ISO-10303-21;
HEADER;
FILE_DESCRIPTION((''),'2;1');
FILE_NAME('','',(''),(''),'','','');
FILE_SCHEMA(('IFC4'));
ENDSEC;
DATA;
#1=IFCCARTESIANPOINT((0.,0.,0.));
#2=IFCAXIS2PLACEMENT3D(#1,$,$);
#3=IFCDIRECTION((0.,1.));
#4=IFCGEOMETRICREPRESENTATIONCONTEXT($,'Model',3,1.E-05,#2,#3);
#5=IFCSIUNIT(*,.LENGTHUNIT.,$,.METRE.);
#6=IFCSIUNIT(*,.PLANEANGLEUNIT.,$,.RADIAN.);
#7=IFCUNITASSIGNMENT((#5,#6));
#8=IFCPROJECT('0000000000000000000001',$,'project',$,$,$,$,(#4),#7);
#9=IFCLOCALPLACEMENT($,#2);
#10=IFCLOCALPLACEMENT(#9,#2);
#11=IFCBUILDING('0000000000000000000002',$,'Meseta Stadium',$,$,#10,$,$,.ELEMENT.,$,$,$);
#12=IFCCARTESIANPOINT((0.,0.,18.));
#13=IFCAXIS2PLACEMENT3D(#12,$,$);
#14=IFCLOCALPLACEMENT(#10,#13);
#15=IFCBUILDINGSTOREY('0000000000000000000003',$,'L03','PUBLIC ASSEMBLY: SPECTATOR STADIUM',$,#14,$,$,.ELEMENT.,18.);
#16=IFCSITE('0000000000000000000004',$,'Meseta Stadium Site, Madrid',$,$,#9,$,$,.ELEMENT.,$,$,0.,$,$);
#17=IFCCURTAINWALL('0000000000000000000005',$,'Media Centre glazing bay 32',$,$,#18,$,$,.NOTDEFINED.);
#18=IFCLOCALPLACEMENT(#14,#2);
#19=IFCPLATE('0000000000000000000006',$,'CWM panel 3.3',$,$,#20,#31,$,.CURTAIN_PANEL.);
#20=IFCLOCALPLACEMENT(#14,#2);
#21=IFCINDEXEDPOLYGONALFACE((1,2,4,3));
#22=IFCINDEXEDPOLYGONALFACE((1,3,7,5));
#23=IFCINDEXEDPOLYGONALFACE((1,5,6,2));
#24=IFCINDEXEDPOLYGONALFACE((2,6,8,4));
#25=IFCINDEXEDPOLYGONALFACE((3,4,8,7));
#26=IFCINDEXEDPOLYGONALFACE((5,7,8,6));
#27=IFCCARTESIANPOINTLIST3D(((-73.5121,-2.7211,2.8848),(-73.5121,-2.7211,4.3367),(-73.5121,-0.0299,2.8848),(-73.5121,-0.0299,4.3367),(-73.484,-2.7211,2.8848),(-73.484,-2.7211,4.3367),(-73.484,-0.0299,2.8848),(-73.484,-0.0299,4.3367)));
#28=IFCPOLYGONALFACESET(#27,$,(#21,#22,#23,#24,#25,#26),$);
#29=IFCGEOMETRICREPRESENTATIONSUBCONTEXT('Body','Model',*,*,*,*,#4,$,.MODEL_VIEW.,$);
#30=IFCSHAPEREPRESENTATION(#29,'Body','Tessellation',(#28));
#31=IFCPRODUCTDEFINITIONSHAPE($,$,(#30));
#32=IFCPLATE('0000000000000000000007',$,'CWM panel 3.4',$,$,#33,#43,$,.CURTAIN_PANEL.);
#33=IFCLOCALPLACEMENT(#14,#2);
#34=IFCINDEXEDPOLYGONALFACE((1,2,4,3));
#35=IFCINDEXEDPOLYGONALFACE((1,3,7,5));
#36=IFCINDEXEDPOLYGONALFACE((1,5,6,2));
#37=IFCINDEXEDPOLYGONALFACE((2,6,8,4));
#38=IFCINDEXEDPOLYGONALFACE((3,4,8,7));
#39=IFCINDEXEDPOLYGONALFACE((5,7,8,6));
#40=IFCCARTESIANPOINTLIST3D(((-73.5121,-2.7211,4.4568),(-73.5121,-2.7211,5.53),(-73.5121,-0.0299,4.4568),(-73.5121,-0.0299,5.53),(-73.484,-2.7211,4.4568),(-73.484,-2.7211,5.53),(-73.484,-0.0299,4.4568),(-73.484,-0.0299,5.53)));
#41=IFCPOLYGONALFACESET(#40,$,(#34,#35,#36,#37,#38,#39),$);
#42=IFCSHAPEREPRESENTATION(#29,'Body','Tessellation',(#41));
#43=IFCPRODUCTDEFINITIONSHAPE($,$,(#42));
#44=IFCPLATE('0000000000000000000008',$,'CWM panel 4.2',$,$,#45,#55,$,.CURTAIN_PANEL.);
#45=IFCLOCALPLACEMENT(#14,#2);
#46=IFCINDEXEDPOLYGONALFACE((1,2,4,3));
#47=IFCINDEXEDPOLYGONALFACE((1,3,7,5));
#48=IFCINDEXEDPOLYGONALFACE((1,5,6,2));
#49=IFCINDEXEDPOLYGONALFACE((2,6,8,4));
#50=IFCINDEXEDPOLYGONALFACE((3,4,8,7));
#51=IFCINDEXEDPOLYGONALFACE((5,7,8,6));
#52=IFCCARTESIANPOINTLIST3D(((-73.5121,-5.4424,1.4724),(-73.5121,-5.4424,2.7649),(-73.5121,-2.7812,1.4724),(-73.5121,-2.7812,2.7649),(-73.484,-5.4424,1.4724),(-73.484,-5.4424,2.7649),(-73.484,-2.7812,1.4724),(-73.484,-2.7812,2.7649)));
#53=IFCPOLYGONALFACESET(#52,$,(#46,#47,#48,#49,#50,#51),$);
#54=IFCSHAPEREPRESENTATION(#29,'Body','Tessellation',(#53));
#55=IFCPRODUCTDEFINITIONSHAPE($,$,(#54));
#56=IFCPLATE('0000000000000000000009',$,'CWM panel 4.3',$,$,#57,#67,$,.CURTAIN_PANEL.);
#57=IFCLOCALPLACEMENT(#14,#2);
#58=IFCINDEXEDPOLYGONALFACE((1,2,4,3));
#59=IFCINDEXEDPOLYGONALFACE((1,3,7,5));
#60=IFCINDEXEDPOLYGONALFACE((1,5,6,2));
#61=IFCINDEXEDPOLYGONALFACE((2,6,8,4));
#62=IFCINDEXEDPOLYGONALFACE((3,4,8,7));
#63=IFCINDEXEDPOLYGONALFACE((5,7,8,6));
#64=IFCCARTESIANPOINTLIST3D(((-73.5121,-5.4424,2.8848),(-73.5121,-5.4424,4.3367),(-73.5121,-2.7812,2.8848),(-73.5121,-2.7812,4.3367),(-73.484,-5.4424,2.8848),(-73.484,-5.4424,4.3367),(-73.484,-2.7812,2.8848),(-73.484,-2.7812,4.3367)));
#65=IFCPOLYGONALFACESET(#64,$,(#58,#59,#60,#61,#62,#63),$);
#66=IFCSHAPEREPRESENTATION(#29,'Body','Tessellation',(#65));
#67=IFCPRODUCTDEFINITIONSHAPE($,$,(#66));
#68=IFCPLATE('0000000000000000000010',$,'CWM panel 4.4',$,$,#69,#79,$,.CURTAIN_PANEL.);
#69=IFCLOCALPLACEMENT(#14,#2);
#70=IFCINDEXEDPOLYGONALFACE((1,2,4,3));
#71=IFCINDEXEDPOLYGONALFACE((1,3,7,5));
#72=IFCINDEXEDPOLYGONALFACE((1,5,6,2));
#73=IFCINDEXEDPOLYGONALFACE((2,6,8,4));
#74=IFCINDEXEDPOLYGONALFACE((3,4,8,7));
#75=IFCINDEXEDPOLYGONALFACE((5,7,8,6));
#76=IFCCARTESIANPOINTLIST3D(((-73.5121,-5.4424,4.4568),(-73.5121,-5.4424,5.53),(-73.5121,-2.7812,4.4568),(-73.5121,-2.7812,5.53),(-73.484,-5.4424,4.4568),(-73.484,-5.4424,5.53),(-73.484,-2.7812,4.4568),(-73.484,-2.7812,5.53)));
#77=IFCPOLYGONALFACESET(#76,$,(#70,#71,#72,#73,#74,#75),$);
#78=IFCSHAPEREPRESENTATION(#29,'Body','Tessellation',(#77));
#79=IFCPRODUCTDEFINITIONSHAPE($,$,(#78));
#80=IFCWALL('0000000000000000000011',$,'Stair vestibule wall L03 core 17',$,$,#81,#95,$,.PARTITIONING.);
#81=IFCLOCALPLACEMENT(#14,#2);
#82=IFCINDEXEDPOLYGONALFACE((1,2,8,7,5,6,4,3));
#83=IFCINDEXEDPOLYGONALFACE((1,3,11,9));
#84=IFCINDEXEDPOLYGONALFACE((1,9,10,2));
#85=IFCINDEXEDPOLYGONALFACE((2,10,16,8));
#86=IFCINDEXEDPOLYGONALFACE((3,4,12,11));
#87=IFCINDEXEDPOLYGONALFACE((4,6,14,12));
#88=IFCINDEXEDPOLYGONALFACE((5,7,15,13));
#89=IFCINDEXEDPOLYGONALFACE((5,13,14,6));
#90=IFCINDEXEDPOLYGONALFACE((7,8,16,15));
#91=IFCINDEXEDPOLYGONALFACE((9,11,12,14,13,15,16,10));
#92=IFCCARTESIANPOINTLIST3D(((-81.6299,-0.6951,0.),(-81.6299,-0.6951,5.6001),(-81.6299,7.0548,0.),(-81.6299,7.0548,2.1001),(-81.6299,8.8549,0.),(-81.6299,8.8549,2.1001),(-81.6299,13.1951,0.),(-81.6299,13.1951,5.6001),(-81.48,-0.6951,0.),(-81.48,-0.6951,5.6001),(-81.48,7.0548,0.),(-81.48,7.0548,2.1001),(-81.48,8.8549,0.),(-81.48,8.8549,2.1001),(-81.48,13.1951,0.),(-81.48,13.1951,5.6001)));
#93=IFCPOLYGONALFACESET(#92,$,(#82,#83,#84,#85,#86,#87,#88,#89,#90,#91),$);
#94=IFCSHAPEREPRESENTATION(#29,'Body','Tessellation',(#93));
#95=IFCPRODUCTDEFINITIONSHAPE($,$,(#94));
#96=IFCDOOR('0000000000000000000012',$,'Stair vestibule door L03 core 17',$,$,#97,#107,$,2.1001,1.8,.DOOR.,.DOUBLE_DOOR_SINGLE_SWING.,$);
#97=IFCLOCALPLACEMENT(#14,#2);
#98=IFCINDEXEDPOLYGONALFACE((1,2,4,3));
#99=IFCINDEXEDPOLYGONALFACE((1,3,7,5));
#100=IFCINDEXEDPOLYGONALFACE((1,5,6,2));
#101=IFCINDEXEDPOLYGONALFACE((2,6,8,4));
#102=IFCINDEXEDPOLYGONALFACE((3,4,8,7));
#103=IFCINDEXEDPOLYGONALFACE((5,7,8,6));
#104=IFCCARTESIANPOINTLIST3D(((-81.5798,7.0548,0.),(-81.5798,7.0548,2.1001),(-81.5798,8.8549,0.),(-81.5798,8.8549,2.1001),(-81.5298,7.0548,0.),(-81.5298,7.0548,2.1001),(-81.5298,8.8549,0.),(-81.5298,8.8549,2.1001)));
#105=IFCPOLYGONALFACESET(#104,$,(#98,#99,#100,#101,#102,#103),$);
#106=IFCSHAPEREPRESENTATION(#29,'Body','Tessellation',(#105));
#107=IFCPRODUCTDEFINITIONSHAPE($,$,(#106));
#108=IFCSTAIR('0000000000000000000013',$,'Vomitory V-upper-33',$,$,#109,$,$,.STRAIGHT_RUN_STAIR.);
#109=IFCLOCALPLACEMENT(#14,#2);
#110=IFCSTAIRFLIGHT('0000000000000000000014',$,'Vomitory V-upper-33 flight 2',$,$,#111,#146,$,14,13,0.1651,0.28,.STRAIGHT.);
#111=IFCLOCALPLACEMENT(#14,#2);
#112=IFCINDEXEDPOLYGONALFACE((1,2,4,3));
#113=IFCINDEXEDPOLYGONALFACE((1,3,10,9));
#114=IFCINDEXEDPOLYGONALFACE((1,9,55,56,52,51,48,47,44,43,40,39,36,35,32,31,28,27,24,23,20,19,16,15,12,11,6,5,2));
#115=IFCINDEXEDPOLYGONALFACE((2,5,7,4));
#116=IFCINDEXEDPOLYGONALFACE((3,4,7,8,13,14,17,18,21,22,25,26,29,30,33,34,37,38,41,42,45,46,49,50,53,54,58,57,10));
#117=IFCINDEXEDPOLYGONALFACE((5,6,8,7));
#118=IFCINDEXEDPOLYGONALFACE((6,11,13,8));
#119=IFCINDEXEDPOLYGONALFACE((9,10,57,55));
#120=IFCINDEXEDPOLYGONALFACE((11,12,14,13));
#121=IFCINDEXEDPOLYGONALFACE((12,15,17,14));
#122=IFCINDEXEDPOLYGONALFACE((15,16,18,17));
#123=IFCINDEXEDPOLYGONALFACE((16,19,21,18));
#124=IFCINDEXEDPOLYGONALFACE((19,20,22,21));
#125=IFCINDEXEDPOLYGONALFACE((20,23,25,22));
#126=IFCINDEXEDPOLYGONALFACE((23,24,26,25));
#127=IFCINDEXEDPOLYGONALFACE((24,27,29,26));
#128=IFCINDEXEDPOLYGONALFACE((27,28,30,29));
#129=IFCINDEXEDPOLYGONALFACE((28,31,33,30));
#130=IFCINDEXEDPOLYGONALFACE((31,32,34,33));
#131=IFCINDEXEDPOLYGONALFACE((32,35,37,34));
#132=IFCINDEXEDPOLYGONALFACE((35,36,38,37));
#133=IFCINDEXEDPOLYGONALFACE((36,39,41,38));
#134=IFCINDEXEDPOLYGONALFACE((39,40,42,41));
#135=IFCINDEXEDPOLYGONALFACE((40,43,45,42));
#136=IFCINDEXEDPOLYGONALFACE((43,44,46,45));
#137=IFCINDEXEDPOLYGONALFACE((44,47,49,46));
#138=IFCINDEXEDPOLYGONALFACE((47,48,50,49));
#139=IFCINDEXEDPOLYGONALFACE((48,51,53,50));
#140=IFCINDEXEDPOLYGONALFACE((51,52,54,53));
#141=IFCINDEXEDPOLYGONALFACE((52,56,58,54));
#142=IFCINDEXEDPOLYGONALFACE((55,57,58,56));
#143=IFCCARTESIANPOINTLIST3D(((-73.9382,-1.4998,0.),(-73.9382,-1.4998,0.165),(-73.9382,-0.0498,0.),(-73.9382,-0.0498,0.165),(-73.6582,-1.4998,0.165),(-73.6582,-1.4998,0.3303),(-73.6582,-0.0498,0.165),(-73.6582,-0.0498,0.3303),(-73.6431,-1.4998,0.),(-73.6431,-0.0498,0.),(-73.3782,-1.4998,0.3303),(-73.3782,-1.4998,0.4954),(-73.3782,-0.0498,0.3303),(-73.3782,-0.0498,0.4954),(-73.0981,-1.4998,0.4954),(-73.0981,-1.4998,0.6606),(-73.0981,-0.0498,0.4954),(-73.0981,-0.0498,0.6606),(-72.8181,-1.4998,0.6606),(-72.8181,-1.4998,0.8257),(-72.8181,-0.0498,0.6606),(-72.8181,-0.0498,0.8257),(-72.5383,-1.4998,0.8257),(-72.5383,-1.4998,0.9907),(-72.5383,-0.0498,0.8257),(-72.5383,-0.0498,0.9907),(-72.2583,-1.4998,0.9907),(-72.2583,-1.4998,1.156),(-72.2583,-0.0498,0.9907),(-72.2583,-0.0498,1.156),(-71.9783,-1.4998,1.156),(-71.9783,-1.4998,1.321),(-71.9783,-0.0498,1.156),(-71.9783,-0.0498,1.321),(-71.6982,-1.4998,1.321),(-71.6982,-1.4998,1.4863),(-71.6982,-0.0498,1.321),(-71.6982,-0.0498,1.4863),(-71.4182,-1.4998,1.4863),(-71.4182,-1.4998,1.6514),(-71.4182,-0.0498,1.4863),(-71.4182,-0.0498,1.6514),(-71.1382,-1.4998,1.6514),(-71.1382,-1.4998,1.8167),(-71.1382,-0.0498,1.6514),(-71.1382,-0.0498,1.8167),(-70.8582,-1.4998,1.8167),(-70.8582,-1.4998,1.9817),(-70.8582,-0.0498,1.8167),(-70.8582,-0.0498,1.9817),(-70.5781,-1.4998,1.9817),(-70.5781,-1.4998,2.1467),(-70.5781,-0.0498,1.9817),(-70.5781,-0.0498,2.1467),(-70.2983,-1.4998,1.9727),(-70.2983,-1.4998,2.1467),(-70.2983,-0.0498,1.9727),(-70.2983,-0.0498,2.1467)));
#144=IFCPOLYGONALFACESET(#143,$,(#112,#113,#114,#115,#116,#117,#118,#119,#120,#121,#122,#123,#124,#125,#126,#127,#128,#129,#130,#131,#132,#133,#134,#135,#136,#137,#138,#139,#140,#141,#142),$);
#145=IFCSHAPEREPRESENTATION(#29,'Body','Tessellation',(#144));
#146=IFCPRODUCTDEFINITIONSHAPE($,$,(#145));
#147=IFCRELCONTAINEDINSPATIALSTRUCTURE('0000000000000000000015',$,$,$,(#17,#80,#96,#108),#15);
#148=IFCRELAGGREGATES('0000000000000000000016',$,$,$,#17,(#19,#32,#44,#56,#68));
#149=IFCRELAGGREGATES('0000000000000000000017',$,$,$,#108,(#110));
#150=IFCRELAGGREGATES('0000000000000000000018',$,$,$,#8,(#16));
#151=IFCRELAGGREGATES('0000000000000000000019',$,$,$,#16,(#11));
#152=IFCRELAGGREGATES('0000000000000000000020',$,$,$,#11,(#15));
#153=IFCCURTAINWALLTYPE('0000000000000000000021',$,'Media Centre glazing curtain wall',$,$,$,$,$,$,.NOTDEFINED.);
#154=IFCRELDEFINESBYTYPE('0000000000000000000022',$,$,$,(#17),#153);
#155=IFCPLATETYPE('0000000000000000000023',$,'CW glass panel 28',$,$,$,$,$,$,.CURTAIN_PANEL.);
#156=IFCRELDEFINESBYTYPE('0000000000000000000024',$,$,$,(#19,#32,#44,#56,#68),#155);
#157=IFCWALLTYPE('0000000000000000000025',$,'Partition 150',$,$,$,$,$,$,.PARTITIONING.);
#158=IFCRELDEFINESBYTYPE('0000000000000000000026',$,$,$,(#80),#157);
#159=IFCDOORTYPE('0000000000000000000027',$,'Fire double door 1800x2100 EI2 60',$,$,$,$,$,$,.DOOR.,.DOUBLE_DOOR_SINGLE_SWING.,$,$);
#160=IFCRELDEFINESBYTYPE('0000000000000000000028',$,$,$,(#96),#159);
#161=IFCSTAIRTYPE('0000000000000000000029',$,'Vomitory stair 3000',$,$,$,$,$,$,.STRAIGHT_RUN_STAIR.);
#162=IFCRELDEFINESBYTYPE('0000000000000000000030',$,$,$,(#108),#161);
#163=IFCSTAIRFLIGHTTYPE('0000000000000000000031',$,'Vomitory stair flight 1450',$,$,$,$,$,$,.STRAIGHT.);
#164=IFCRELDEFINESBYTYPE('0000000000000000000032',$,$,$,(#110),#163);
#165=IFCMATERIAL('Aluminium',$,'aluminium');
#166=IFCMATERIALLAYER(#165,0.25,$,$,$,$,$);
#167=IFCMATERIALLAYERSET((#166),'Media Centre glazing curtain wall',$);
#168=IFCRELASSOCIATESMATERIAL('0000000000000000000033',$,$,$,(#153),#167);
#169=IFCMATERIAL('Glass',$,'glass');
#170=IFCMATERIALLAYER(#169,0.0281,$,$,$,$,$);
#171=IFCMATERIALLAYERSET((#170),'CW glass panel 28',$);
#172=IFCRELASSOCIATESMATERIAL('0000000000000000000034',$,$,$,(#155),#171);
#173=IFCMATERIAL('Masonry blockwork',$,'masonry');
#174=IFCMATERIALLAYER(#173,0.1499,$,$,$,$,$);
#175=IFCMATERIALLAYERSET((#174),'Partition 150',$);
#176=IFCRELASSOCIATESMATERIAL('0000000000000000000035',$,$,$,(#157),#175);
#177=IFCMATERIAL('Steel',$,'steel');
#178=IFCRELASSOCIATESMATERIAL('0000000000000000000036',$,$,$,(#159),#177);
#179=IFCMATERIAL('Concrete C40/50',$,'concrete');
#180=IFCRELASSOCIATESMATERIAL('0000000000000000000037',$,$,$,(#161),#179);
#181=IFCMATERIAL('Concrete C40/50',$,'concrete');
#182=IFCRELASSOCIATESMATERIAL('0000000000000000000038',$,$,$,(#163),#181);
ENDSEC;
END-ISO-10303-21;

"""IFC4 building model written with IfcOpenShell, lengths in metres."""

from ifc_helpers import new_model, si_unit, direction, frame, frame_2d, origin, origin_2d, place, context, subcontext, project, spatial, polyline, rectangle, outline, extrude, material, layer, layer_set, type_object, element, fill, aggregate, save


model = new_model("IFC4")

# Units and contexts
model_context = context("Model", 3, precision=1e-05, world=origin(), true_north=direction((0.0, 1.0)))
body_context = subcontext(model_context, "Body", "Model", "MODEL_VIEW")
ifc_project = project(units=[si_unit("LENGTHUNIT", "METRE"), si_unit("PLANEANGLEUNIT", "RADIAN")], contexts=[model_context])

# Site, building, storey
site_placement = place(None, origin())
site = spatial("IfcSite", under=ifc_project, at=site_placement, Name="Meseta Stadium Site, Madrid", CompositionType="ELEMENT", RefElevation=0.0)
building_placement = place(site_placement, origin())
building = spatial("IfcBuilding", under=site, at=building_placement, Name="Meseta Stadium", CompositionType="ELEMENT")
storey_placement = place(building_placement, frame((0.0, 0.0, 18.0)))
storey = spatial("IfcBuildingStorey", under=building, at=storey_placement, Name="L03", Description="PUBLIC ASSEMBLY: SPECTATOR STADIUM", CompositionType="ELEMENT", Elevation=18.0)

# Curtain wall, plates
ifc_material_1 = material(Name="Aluminium", Category="aluminium")
ifc_layer_1 = layer(ifc_material_1, 0.25)
ifc_layer_set_1 = layer_set([ifc_layer_1], Name="Media Centre glazing curtain wall")
curtain_wall_type = type_object("IfcCurtainWallType", Name="Media Centre glazing curtain wall", PredefinedType="NOTDEFINED", material=ifc_layer_set_1)
curtain_wall_placement = place(storey_placement, origin())
curtain_wall = element("IfcCurtainWall", 1, at=curtain_wall_placement, inside=storey, type_object=curtain_wall_type, Name="Media Centre glazing bay 32", PredefinedType="NOTDEFINED")
ifc_material_2 = material(Name="Glass", Category="glass")
ifc_layer_2 = layer(ifc_material_2, 0.0281)
ifc_layer_set_2 = layer_set([ifc_layer_2], Name="CW glass panel 28")
plate_type = type_object("IfcPlateType", Name="CW glass panel 28", PredefinedType="CURTAIN_PANEL", material=ifc_layer_set_2)
plate_1_placement = place(storey_placement, frame((-73.498, -1.3755, 2.8848), z_axis=(0.0, 0.0, 1.0), x_axis=(0.0, -1.0, 0.0)))
plate_1 = element("IfcPlate", 2, at=plate_1_placement, type_object=plate_type, Name="CWM panel 3.3", PredefinedType="CURTAIN_PANEL", context=body_context, shape_type="SweptSolid", body=[
    extrude(rectangle(XDim=2.6912, YDim=0.0281, at=origin_2d()), origin(), (0.0, 0.0, 1.0), 1.4519),
])
plate_2_placement = place(storey_placement, frame((-73.498, -1.3755, 4.4568), z_axis=(0.0, 0.0, 1.0), x_axis=(0.0, -1.0, 0.0)))
plate_2 = element("IfcPlate", 3, at=plate_2_placement, type_object=plate_type, Name="CWM panel 3.4", PredefinedType="CURTAIN_PANEL", context=body_context, shape_type="SweptSolid", body=[
    extrude(rectangle(XDim=2.6912, YDim=0.0281, at=origin_2d()), origin(), (0.0, 0.0, 1.0), 1.0732),
])
plate_3_placement = place(storey_placement, frame((-73.498, -4.1118, 1.4724), z_axis=(0.0, 0.0, 1.0), x_axis=(0.0, -1.0, 0.0)))
plate_3 = element("IfcPlate", 4, at=plate_3_placement, type_object=plate_type, Name="CWM panel 4.2", PredefinedType="CURTAIN_PANEL", context=body_context, shape_type="SweptSolid", body=[
    extrude(rectangle(XDim=2.6611, YDim=0.0281, at=origin_2d()), origin(), (0.0, 0.0, 1.0), 1.2925),
])
plate_4_placement = place(storey_placement, frame((-73.498, -4.1118, 2.8848), z_axis=(0.0, 0.0, 1.0), x_axis=(0.0, -1.0, 0.0)))
plate_4 = element("IfcPlate", 5, at=plate_4_placement, type_object=plate_type, Name="CWM panel 4.3", PredefinedType="CURTAIN_PANEL", context=body_context, shape_type="SweptSolid", body=[
    extrude(rectangle(XDim=2.6611, YDim=0.0281, at=origin_2d()), origin(), (0.0, 0.0, 1.0), 1.4519),
])
plate_5_placement = place(storey_placement, frame((-73.498, -4.1118, 4.4568), z_axis=(0.0, 0.0, 1.0), x_axis=(0.0, -1.0, 0.0)))
plate_5 = element("IfcPlate", 6, at=plate_5_placement, type_object=plate_type, Name="CWM panel 4.4", PredefinedType="CURTAIN_PANEL", context=body_context, shape_type="SweptSolid", body=[
    extrude(rectangle(XDim=2.6611, YDim=0.0281, at=origin_2d()), origin(), (0.0, 0.0, 1.0), 1.0732),
])
aggregate(curtain_wall, [plate_1, plate_2, plate_3, plate_4, plate_5])

# Wall, opening, door
ifc_material_3 = material(Name="Masonry blockwork", Category="masonry")
ifc_layer_3 = layer(ifc_material_3, 0.1499)
ifc_layer_set_3 = layer_set([ifc_layer_3], Name="Partition 150")
wall_type = type_object("IfcWallType", Name="Partition 150", PredefinedType="PARTITIONING", material=ifc_layer_set_3)
wall_placement = place(storey_placement, frame((-81.5549, -0.6951, 0.0), z_axis=(0.0, 0.0, 1.0), x_axis=(0.0, 1.0, 0.0)))
wall = element("IfcWall", 7, at=wall_placement, inside=storey, type_object=wall_type, Name="Stair vestibule wall L03 core 17", PredefinedType="PARTITIONING", context=body_context, shape_type="SweptSolid", body=[
    extrude(rectangle(XDim=13.8901, YDim=0.1499, at=frame_2d((6.9451, 0.0))), origin(), (0.0, 0.0, 1.0), 5.6001),
])
opening_placement = place(wall_placement, frame((7.75, 0.0, 0.0)))
opening = element("IfcOpeningElement", 8, at=opening_placement, cuts=wall, PredefinedType="OPENING", context=body_context, shape_type="SweptSolid", body=[
    extrude(rectangle(XDim=1.8, YDim=2.1001, at=frame_2d((0.8999, 1.05))), frame((0.0, 0.085, 0.0), z_axis=(0.0, -1.0, 0.0), x_axis=(1.0, 0.0, 0.0)), (0.0, 0.0, 1.0), 0.1699),
])
ifc_material_4 = material(Name="Steel", Category="steel")
door_type = type_object("IfcDoorType", Name="Fire double door 1800x2100 EI2 60", OperationType="DOUBLE_DOOR_SINGLE_SWING", PredefinedType="DOOR", material=ifc_material_4)
door_placement = place(opening_placement, origin())
door = element("IfcDoor", 9, at=door_placement, inside=storey, type_object=door_type, Name="Stair vestibule door L03 core 17", OperationType="DOUBLE_DOOR_SINGLE_SWING", OverallHeight=2.1001, OverallWidth=1.8, PredefinedType="DOOR", context=body_context, shape_type="SweptSolid", body=[
    extrude(rectangle(XDim=1.8, YDim=2.1001, at=frame_2d((0.8999, 1.05))), frame((0.0, 0.0249, 0.0), z_axis=(0.0, -1.0, 0.0), x_axis=(1.0, 0.0, 0.0)), (0.0, 0.0, 1.0), 0.05),
])
fill(opening, door)

# Stair, stair flight
ifc_material_5 = material(Name="Concrete C40/50", Category="concrete")
stair_type = type_object("IfcStairType", Name="Vomitory stair 3000", PredefinedType="STRAIGHT_RUN_STAIR", material=ifc_material_5)
stair_placement = place(storey_placement, origin())
stair = element("IfcStair", 10, at=stair_placement, inside=storey, type_object=stair_type, Name="Vomitory V-upper-33", PredefinedType="STRAIGHT_RUN_STAIR")
ifc_material_6 = material(Name="Concrete C40/50", Category="concrete")
stair_flight_type = type_object("IfcStairFlightType", Name="Vomitory stair flight 1450", PredefinedType="STRAIGHT", material=ifc_material_6)
stair_flight_placement = place(storey_placement, frame((-73.9382, -0.7749, 0.0), z_axis=(0.0, 0.0, 1.0), x_axis=(1.0, 0.0, 0.0)))
stair_flight = element("IfcStairFlight", 11, at=stair_flight_placement, type_object=stair_flight_type, Name="Vomitory V-upper-33 flight 2", NumberOfRisers=14, NumberOfTreads=13, PredefinedType="STRAIGHT", RiserHeight=0.1651, TreadLength=0.28, context=body_context, shape_type="SweptSolid", body=[
    extrude(outline(polyline([(0.0, 0.0), (0.0, 0.165), (0.28, 0.165), (0.28, 0.3303), (0.5601, 0.3303), (0.5601, 0.4954), (0.8401, 0.4954), (0.8401, 0.6606), (1.1201, 0.6606), (1.1201, 0.8257), (1.3999, 0.8257), (1.3999, 0.9907), (1.6799, 0.9907), (1.6799, 1.156), (1.96, 1.156), (1.96, 1.321), (2.24, 1.321), (2.24, 1.4863), (2.52, 1.4863), (2.52, 1.6514), (2.8, 1.6514), (2.8, 1.8167), (3.0801, 1.8167), (3.0801, 1.9817), (3.3601, 1.9817), (3.3601, 2.1467), (3.6399, 2.1467), (3.6399, 1.9727), (0.2952, 0.0), (0.0, 0.0)])), frame((0.0, 0.7251, 0.0), z_axis=(0.0, -1.0, 0.0), x_axis=(1.0, 0.0, 0.0)), (0.0, 0.0, 1.0), 1.45),
])
aggregate(stair, [stair_flight])

save(model, "model.ifc")
